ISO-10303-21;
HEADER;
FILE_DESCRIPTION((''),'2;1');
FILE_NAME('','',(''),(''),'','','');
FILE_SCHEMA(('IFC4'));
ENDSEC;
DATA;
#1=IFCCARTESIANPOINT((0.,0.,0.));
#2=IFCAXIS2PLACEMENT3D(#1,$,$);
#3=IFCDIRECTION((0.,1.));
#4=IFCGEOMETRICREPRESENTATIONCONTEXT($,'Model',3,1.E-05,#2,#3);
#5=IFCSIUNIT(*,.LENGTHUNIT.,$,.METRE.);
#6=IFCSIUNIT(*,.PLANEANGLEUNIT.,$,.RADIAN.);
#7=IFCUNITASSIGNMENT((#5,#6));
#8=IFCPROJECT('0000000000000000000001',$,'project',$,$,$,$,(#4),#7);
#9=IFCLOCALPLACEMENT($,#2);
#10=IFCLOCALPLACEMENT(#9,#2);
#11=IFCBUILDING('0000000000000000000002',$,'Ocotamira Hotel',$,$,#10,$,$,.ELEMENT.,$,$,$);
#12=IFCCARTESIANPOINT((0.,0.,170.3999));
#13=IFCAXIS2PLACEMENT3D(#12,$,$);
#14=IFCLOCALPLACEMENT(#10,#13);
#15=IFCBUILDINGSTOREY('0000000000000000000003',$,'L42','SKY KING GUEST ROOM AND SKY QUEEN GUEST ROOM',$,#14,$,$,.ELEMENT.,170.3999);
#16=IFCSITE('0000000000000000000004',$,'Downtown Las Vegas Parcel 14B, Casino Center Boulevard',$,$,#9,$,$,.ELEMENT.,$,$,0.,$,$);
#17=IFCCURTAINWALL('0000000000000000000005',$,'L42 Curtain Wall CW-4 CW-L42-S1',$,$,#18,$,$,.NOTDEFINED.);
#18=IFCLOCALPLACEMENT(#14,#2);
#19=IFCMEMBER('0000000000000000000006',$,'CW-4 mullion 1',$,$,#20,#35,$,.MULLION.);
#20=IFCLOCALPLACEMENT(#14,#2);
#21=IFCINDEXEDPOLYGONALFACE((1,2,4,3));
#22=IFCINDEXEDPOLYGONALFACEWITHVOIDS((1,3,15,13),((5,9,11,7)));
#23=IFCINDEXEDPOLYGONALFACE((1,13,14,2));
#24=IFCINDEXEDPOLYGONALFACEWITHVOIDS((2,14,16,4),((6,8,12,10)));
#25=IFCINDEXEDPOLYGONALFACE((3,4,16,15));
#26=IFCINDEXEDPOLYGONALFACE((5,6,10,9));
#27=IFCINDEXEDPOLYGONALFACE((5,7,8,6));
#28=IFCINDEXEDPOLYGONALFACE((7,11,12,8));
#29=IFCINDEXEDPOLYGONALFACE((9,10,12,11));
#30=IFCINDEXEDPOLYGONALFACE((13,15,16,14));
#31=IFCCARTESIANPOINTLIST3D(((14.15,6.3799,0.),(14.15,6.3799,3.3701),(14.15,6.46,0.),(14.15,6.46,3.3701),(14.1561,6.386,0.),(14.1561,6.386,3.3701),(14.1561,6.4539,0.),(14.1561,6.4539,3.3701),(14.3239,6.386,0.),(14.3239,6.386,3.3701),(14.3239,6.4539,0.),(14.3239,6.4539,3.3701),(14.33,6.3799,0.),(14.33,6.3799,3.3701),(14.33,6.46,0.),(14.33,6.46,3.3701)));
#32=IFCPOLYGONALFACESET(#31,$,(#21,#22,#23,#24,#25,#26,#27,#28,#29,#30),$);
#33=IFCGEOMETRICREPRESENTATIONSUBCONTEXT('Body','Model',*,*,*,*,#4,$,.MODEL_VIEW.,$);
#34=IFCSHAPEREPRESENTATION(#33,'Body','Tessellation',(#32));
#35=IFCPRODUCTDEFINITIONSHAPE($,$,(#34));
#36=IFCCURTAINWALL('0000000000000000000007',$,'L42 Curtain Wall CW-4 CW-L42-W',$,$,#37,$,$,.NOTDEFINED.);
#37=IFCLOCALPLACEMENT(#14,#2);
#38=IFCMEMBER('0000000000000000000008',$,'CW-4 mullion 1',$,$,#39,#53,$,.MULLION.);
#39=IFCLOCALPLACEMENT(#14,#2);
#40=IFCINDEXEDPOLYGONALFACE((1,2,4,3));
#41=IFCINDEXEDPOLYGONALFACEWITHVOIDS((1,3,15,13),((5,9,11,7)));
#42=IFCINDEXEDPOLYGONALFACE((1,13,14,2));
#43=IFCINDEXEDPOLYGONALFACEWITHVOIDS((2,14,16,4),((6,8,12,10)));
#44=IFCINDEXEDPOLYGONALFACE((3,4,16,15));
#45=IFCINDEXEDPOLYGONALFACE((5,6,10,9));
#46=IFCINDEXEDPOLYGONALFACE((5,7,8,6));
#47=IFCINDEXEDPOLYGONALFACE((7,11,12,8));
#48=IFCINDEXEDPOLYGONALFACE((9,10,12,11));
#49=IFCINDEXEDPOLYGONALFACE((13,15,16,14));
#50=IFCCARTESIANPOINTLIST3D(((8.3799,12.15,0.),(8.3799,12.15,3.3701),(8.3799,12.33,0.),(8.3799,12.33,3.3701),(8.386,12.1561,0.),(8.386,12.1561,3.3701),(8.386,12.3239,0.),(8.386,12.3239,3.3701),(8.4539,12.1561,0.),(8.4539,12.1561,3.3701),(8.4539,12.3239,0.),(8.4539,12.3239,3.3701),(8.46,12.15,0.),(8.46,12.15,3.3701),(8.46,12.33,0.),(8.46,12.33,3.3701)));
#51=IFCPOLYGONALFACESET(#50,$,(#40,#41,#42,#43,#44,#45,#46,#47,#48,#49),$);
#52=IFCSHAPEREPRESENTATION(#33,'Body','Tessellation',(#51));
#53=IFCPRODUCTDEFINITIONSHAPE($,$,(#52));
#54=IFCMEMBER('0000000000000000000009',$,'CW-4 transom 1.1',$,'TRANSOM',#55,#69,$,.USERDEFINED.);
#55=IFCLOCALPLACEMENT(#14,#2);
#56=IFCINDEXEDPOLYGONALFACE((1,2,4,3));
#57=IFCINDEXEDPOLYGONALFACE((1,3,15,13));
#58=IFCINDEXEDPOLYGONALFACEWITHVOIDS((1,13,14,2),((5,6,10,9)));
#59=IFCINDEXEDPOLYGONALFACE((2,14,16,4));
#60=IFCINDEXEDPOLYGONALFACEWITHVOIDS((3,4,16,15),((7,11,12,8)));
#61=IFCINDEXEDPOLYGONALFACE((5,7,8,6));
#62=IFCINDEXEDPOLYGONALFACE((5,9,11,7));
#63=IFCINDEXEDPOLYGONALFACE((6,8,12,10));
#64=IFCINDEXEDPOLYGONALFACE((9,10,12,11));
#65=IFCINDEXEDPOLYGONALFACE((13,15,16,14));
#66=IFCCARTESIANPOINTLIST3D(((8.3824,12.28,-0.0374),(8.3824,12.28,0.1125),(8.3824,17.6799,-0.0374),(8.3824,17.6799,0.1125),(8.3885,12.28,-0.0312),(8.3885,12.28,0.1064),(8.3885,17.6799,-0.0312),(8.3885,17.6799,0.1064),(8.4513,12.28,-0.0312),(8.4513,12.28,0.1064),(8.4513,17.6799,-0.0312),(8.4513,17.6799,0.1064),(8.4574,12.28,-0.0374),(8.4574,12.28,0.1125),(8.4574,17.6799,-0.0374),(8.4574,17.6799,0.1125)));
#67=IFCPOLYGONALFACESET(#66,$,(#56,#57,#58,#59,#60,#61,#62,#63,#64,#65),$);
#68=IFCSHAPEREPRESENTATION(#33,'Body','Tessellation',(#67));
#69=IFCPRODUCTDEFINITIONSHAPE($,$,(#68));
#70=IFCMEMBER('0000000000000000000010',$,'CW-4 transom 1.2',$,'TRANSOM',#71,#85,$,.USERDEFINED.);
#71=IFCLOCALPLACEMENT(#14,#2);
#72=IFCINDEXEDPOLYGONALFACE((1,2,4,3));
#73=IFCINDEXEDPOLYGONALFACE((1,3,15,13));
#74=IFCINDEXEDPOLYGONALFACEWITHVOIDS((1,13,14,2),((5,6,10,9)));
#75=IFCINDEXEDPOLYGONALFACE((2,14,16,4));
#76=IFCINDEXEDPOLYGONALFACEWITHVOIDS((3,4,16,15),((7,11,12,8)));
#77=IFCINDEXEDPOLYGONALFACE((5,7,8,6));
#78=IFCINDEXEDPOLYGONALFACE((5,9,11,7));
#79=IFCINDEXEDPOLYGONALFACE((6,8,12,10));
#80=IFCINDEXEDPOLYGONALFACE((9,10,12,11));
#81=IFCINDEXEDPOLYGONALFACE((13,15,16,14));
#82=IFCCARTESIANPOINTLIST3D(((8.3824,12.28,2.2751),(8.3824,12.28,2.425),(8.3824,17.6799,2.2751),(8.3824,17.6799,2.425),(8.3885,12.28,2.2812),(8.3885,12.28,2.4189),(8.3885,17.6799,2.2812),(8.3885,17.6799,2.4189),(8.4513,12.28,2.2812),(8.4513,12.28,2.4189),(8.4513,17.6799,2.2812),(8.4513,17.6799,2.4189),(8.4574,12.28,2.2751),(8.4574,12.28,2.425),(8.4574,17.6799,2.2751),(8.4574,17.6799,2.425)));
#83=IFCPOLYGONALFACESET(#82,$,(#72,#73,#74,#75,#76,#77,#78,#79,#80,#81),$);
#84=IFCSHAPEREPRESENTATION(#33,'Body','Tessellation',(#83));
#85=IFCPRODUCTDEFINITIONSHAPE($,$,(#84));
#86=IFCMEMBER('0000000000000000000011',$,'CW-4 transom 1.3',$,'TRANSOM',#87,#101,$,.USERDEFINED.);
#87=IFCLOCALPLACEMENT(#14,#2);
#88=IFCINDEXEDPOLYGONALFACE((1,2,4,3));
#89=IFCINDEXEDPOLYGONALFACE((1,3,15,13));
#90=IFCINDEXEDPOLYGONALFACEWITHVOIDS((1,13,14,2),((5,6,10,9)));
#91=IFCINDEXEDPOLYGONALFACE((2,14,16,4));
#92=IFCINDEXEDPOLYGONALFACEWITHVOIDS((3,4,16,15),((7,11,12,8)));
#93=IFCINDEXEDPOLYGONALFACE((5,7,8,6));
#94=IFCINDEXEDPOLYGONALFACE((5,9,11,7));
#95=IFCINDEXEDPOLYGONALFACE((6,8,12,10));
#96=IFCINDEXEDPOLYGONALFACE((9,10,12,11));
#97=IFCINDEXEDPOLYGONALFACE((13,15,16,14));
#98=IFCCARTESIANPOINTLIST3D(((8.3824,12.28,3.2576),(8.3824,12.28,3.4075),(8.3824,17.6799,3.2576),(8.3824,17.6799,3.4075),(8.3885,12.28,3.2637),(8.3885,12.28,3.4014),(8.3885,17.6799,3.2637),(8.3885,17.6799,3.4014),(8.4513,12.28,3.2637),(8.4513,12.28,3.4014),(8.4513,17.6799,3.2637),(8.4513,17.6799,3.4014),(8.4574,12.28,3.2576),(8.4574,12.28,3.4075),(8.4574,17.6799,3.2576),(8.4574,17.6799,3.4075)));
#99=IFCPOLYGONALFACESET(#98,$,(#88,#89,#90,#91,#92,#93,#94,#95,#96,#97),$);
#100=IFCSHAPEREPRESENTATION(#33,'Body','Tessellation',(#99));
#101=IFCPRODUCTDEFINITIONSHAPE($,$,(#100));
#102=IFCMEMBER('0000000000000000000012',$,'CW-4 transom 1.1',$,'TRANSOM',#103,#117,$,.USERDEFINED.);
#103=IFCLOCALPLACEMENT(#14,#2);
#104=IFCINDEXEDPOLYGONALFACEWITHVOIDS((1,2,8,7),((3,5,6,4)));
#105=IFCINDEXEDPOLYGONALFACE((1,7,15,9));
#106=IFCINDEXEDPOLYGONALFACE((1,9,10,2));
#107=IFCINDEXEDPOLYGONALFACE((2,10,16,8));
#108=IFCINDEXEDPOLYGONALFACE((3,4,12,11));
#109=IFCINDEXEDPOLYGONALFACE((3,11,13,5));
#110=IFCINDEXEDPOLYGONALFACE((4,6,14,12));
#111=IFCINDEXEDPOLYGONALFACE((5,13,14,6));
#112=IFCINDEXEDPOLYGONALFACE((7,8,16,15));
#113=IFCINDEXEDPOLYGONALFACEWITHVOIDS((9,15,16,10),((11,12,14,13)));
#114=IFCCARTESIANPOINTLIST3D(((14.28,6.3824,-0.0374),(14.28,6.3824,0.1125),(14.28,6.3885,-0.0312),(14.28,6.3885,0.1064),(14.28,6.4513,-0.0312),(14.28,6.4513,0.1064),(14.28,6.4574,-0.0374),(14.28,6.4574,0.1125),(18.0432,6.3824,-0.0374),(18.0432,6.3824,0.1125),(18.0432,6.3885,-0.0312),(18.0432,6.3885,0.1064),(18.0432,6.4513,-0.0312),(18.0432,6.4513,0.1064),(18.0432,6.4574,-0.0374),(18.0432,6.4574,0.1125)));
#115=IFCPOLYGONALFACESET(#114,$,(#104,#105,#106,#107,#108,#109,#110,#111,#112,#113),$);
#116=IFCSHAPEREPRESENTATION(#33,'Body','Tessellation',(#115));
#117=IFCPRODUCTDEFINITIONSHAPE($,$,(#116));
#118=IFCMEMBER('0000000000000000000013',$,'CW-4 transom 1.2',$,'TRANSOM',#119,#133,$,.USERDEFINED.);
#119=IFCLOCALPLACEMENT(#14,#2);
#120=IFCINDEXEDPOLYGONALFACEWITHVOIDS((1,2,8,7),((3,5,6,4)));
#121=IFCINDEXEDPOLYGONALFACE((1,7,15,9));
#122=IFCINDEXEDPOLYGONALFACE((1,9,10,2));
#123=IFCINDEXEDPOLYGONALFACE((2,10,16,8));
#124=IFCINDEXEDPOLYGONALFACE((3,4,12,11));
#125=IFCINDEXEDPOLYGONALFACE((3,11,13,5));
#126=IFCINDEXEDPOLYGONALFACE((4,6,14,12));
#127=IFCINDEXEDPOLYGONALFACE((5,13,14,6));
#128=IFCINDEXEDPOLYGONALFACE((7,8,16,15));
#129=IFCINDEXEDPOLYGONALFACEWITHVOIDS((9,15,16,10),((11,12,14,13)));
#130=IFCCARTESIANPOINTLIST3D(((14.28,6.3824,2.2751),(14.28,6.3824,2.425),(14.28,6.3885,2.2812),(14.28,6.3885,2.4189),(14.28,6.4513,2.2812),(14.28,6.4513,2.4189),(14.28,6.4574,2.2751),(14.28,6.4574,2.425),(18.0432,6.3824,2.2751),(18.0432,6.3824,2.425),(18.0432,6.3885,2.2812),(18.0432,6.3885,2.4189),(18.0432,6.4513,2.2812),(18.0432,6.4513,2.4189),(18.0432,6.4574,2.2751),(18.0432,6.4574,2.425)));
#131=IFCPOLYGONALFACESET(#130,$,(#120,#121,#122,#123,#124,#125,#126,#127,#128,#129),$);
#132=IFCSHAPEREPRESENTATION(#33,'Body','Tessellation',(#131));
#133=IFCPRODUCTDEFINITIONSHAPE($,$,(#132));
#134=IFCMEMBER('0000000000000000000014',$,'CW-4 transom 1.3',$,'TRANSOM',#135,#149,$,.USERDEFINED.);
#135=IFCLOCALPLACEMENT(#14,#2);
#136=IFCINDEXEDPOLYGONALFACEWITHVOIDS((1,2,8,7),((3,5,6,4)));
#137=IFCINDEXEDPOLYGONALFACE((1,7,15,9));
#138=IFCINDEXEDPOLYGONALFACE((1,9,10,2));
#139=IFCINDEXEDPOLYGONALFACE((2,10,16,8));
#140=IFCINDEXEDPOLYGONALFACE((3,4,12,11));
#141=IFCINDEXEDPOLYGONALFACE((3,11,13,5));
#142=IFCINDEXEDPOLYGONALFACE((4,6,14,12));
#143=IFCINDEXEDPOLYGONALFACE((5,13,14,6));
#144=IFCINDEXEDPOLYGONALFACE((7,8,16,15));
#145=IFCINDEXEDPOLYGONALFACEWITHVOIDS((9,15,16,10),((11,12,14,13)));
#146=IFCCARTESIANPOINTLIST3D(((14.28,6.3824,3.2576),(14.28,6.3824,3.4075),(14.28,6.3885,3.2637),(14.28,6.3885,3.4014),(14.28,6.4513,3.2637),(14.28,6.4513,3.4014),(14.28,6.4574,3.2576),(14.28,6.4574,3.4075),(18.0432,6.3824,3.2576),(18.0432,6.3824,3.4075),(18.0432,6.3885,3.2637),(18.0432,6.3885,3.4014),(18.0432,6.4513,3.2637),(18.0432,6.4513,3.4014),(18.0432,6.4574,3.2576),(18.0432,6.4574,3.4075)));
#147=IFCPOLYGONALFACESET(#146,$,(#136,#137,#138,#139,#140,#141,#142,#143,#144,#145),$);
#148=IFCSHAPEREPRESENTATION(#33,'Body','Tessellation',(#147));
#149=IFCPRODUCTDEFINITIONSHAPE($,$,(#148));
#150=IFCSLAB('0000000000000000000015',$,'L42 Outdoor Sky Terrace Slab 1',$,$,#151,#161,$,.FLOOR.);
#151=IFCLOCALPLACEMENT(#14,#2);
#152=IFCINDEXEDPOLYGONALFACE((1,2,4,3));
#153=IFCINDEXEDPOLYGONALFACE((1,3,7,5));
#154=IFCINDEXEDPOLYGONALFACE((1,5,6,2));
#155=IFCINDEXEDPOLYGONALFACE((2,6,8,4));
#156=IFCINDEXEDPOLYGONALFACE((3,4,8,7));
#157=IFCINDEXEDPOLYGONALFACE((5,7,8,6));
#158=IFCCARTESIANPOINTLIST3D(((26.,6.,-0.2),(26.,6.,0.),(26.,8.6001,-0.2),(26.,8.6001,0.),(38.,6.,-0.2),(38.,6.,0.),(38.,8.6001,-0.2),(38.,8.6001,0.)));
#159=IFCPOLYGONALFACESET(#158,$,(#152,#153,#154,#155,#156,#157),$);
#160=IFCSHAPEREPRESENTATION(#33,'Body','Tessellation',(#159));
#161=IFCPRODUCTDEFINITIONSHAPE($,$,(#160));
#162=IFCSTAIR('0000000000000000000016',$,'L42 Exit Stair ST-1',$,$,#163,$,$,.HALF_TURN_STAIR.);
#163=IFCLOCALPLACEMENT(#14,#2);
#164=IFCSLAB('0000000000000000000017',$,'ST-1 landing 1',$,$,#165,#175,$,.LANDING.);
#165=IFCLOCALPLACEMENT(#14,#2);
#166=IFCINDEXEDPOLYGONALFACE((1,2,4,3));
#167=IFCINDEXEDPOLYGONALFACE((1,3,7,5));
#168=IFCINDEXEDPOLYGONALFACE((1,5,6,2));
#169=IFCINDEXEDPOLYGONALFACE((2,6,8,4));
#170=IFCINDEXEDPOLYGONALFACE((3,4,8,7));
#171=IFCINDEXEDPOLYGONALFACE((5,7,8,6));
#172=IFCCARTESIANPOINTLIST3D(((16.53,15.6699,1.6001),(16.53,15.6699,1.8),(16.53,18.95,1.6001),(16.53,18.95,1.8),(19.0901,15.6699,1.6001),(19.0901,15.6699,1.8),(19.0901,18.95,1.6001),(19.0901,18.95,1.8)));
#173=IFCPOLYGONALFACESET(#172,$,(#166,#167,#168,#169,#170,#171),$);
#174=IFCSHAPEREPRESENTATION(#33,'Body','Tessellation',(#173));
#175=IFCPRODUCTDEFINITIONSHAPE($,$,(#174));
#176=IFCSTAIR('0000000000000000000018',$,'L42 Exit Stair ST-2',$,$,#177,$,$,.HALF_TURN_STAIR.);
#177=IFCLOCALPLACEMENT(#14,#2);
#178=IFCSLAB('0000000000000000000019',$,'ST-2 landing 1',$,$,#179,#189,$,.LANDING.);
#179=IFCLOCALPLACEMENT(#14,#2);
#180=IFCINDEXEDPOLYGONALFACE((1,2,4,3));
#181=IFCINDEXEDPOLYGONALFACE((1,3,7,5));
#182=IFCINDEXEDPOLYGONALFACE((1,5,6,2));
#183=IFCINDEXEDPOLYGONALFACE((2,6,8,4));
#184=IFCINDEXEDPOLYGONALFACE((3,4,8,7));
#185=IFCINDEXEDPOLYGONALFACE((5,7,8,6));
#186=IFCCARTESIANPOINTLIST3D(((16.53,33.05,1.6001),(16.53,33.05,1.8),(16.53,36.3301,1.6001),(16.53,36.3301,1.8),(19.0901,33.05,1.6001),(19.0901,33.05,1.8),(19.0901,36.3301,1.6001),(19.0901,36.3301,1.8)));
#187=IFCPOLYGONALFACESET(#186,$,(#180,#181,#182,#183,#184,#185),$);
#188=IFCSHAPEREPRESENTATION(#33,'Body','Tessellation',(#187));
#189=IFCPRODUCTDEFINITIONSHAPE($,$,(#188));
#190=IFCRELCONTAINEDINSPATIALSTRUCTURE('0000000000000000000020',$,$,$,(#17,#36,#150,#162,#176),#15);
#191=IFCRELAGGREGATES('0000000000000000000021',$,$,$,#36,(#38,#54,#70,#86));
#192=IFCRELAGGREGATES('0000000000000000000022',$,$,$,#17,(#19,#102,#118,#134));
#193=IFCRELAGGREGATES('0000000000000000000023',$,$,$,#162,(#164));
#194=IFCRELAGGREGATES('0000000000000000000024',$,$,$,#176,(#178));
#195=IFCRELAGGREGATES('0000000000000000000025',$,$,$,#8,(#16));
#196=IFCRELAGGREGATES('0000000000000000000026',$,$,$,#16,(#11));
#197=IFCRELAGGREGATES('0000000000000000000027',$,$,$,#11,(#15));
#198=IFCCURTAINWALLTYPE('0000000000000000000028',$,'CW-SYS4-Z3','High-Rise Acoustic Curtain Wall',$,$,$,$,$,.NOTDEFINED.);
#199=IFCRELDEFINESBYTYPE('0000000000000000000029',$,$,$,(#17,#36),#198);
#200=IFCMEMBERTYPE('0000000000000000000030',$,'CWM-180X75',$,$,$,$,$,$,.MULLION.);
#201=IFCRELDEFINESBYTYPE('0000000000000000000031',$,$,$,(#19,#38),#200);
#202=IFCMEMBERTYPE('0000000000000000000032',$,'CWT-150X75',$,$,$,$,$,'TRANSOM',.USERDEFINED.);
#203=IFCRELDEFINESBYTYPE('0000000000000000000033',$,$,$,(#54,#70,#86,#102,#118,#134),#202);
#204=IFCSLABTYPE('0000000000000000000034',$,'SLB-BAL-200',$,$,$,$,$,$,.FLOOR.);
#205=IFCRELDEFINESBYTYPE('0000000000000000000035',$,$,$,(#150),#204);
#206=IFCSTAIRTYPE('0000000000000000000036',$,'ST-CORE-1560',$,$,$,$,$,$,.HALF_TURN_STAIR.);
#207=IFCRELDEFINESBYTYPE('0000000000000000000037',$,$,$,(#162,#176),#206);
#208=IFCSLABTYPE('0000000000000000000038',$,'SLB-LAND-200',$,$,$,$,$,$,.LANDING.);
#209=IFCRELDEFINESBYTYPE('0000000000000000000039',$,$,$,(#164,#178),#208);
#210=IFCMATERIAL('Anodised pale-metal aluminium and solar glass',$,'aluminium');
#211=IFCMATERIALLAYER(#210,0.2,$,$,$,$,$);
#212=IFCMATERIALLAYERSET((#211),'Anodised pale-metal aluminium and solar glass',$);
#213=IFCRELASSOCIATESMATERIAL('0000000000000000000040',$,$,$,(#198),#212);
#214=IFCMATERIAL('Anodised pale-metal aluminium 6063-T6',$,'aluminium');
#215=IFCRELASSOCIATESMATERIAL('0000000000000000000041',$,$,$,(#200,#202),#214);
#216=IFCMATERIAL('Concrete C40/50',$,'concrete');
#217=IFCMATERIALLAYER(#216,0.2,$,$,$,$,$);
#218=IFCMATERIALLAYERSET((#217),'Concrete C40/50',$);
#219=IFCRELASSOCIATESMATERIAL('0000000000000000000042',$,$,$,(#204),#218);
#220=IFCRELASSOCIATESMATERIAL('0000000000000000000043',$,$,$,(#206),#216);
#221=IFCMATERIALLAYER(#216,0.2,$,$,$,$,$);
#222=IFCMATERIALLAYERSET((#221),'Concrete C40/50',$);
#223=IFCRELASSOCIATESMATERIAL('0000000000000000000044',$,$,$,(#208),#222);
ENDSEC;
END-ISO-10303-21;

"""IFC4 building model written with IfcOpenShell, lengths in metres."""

from ifc_helpers import new_model, si_unit, direction, frame, origin, origin_2d, place, context, subcontext, project, spatial, polyline, hollow_rectangle, outline, extrude, source, transform, mapped, material, layer, layer_set, material_profile, profile_set, type_object, element, aggregate, save


model = new_model("IFC4")

# Units and contexts
model_context = context("Model", 3, precision=1e-05, world=origin(), true_north=direction((0.0, 1.0)))
body_context = subcontext(model_context, "Body", "Model", "MODEL_VIEW")
ifc_project = project(units=[si_unit("LENGTHUNIT", "METRE"), si_unit("PLANEANGLEUNIT", "RADIAN")], contexts=[model_context])

# Site, building, storey
site_placement = place(None, origin())
site = spatial("IfcSite", under=ifc_project, at=site_placement, Name="Downtown Las Vegas Parcel 14B, Casino Center Boulevard", CompositionType="ELEMENT", RefElevation=0.0)
building_placement = place(site_placement, origin())
building = spatial("IfcBuilding", under=site, at=building_placement, Name="Ocotamira Hotel", CompositionType="ELEMENT")
storey_placement = place(building_placement, frame((0.0, 0.0, 170.3999)))
storey = spatial("IfcBuildingStorey", under=building, at=storey_placement, Name="L42", Description="SKY KING GUEST ROOM AND SKY QUEEN GUEST ROOM", CompositionType="ELEMENT", Elevation=170.3999)

# Curtain wall, member
ifc_material_1 = material(Name="Anodised pale-metal aluminium and solar glass", Category="aluminium")
ifc_layer_1 = layer(ifc_material_1, 0.2)
ifc_layer_set_1 = layer_set([ifc_layer_1], Name="Anodised pale-metal aluminium and solar glass")
curtain_wall_type = type_object("IfcCurtainWallType", Name="CW-SYS4-Z3", Description="High-Rise Acoustic Curtain Wall", PredefinedType="NOTDEFINED", material=ifc_layer_set_1)
curtain_wall_1_placement = place(storey_placement, origin())
curtain_wall_1 = element("IfcCurtainWall", 1, at=curtain_wall_1_placement, inside=storey, type_object=curtain_wall_type, Name="L42 Curtain Wall CW-4 CW-L42-S1", PredefinedType="NOTDEFINED")
ifc_material_2 = material(Name="Anodised pale-metal aluminium 6063-T6", Category="aluminium")
ifc_material_profile_1 = material_profile(ifc_material_2, hollow_rectangle(XDim=0.0801, YDim=0.1799, WallThickness=0.0061, at=origin_2d()), Name="HSS180X80X6")
ifc_profile_set_1 = profile_set([ifc_material_profile_1], Name="Anodised pale-metal aluminium 6063-T6")
member_type_1 = type_object("IfcMemberType", Name="CWM-180X75", PredefinedType="MULLION", material=ifc_profile_set_1)
shared_shape_1 = source(origin(), body_context, "Body", "SweptSolid", [
    extrude(hollow_rectangle(XDim=0.0801, YDim=0.1799, WallThickness=0.0061, at=origin_2d()), origin(), (0.0, 0.0, 1.0), 3.3701),
])
member_1_placement = place(storey_placement, frame((14.24, 6.4199, 0.0), z_axis=(0.0, 0.0, 1.0), x_axis=(0.0, 1.0, 0.0)))
member_1 = element("IfcMember", 2, at=member_1_placement, type_object=member_type_1, Name="CW-4 mullion 1", PredefinedType="MULLION", context=body_context, shape_type="MappedRepresentation", body=[
    mapped(shared_shape_1, transform((0.0, 0.0, 0.0), scale=1.0)),
])

# Curtain wall, members
curtain_wall_2_placement = place(storey_placement, origin())
curtain_wall_2 = element("IfcCurtainWall", 3, at=curtain_wall_2_placement, inside=storey, type_object=curtain_wall_type, Name="L42 Curtain Wall CW-4 CW-L42-W", PredefinedType="NOTDEFINED")
member_2_placement = place(storey_placement, frame((8.4199, 12.24, 0.0), z_axis=(0.0, 0.0, 1.0), x_axis=(-1.0, 0.0, 0.0)))
member_2 = element("IfcMember", 4, at=member_2_placement, type_object=member_type_1, Name="CW-4 mullion 1", PredefinedType="MULLION", context=body_context, shape_type="MappedRepresentation", body=[
    mapped(shared_shape_1, transform((0.0, 0.0, 0.0), scale=1.0)),
])
ifc_material_profile_2 = material_profile(ifc_material_2, hollow_rectangle(XDim=0.075, YDim=0.1499, WallThickness=0.0061, at=origin_2d()), Name="HSS150X75X6")
ifc_profile_set_2 = profile_set([ifc_material_profile_2], Name="Anodised pale-metal aluminium 6063-T6")
member_type_2 = type_object("IfcMemberType", Name="CWT-150X75", ElementType="TRANSOM", PredefinedType="USERDEFINED", material=ifc_profile_set_2)
shared_shape_2 = source(origin(), body_context, "Body", "SweptSolid", [
    extrude(hollow_rectangle(XDim=0.075, YDim=0.1499, WallThickness=0.0061, at=origin_2d()), origin(), (0.0, 0.0, 1.0), 5.3999),
])
member_3_placement = place(storey_placement, frame((8.4199, 12.28, 0.0376), z_axis=(0.0, 1.0, 0.0), x_axis=(-1.0, 0.0, 0.0)))
member_3 = element("IfcMember", 5, at=member_3_placement, type_object=member_type_2, Name="CW-4 transom 1.1", ObjectType="TRANSOM", PredefinedType="USERDEFINED", context=body_context, shape_type="MappedRepresentation", body=[
    mapped(shared_shape_2, transform((0.0, 0.0, 0.0), scale=1.0)),
])
member_4_placement = place(storey_placement, frame((8.4199, 12.28, 2.3501), z_axis=(0.0, 1.0, 0.0), x_axis=(-1.0, 0.0, 0.0)))
member_4 = element("IfcMember", 6, at=member_4_placement, type_object=member_type_2, Name="CW-4 transom 1.2", ObjectType="TRANSOM", PredefinedType="USERDEFINED", context=body_context, shape_type="MappedRepresentation", body=[
    mapped(shared_shape_2, transform((0.0, 0.0, 0.0), scale=1.0)),
])
member_5_placement = place(storey_placement, frame((8.4199, 12.28, 3.3325), z_axis=(0.0, 1.0, 0.0), x_axis=(-1.0, 0.0, 0.0)))
member_5 = element("IfcMember", 7, at=member_5_placement, type_object=member_type_2, Name="CW-4 transom 1.3", ObjectType="TRANSOM", PredefinedType="USERDEFINED", context=body_context, shape_type="MappedRepresentation", body=[
    mapped(shared_shape_2, transform((0.0, 0.0, 0.0), scale=1.0)),
])
aggregate(curtain_wall_2, [member_2, member_3, member_4, member_5])

# Members
shared_shape_3 = source(origin(), body_context, "Body", "SweptSolid", [
    extrude(hollow_rectangle(XDim=0.075, YDim=0.1499, WallThickness=0.0061, at=origin_2d()), origin(), (0.0, 0.0, 1.0), 3.7632),
])
member_6_placement = place(storey_placement, frame((14.28, 6.4199, 0.0376), z_axis=(1.0, 0.0, 0.0), x_axis=(0.0, 1.0, 0.0)))
member_6 = element("IfcMember", 8, at=member_6_placement, type_object=member_type_2, Name="CW-4 transom 1.1", ObjectType="TRANSOM", PredefinedType="USERDEFINED", context=body_context, shape_type="MappedRepresentation", body=[
    mapped(shared_shape_3, transform((0.0, 0.0, 0.0), scale=1.0)),
])
member_7_placement = place(storey_placement, frame((14.28, 6.4199, 2.3501), z_axis=(1.0, 0.0, 0.0), x_axis=(0.0, 1.0, 0.0)))
member_7 = element("IfcMember", 9, at=member_7_placement, type_object=member_type_2, Name="CW-4 transom 1.2", ObjectType="TRANSOM", PredefinedType="USERDEFINED", context=body_context, shape_type="MappedRepresentation", body=[
    mapped(shared_shape_3, transform((0.0, 0.0, 0.0), scale=1.0)),
])
member_8_placement = place(storey_placement, frame((14.28, 6.4199, 3.3325), z_axis=(1.0, 0.0, 0.0), x_axis=(0.0, 1.0, 0.0)))
member_8 = element("IfcMember", 10, at=member_8_placement, type_object=member_type_2, Name="CW-4 transom 1.3", ObjectType="TRANSOM", PredefinedType="USERDEFINED", context=body_context, shape_type="MappedRepresentation", body=[
    mapped(shared_shape_3, transform((0.0, 0.0, 0.0), scale=1.0)),
])
aggregate(curtain_wall_1, [member_1, member_6, member_7, member_8])

# Slab
ifc_material_3 = material(Name="Concrete C40/50", Category="concrete")
ifc_layer_2 = layer(ifc_material_3, 0.2)
ifc_layer_set_2 = layer_set([ifc_layer_2], Name="Concrete C40/50")
slab_type_1 = type_object("IfcSlabType", Name="SLB-BAL-200", PredefinedType="FLOOR", material=ifc_layer_set_2)
slab_1_placement = place(storey_placement, frame((0.0, 0.0, -0.2)))
element("IfcSlab", 11, at=slab_1_placement, inside=storey, type_object=slab_type_1, Name="L42 Outdoor Sky Terrace Slab 1", PredefinedType="FLOOR", context=body_context, shape_type="SweptSolid", body=[
    extrude(outline(polyline([(26.0, 6.0), (38.0, 6.0), (38.0, 8.6001), (26.0, 8.6001), (26.0, 6.0)])), origin(), (0.0, 0.0, 1.0), 0.2),
])

# Stairs, slabs
stair_type = type_object("IfcStairType", Name="ST-CORE-1560", PredefinedType="HALF_TURN_STAIR", material=ifc_material_3)
stair_1_placement = place(storey_placement, origin())
stair_1 = element("IfcStair", 12, at=stair_1_placement, inside=storey, type_object=stair_type, Name="L42 Exit Stair ST-1", PredefinedType="HALF_TURN_STAIR")
ifc_layer_3 = layer(ifc_material_3, 0.2)
ifc_layer_set_3 = layer_set([ifc_layer_3], Name="Concrete C40/50")
slab_type_2 = type_object("IfcSlabType", Name="SLB-LAND-200", PredefinedType="LANDING", material=ifc_layer_set_3)
slab_2_placement = place(storey_placement, frame((0.0, 0.0, 1.6001)))
slab_2 = element("IfcSlab", 13, at=slab_2_placement, type_object=slab_type_2, Name="ST-1 landing 1", PredefinedType="LANDING", context=body_context, shape_type="SweptSolid", body=[
    extrude(outline(polyline([(16.53, 15.6699), (19.0901, 15.6699), (19.0901, 18.95), (16.53, 18.95), (16.53, 15.6699)])), origin(), (0.0, 0.0, 1.0), 0.2),
])
aggregate(stair_1, [slab_2])
stair_2_placement = place(storey_placement, origin())
stair_2 = element("IfcStair", 14, at=stair_2_placement, inside=storey, type_object=stair_type, Name="L42 Exit Stair ST-2", PredefinedType="HALF_TURN_STAIR")
slab_3_placement = place(storey_placement, frame((0.0, 0.0, 1.6001)))
slab_3 = element("IfcSlab", 15, at=slab_3_placement, type_object=slab_type_2, Name="ST-2 landing 1", PredefinedType="LANDING", context=body_context, shape_type="SweptSolid", body=[
    extrude(outline(polyline([(16.53, 33.05), (19.0901, 33.05), (19.0901, 36.3301), (16.53, 36.3301), (16.53, 33.05)])), origin(), (0.0, 0.0, 1.0), 0.2),
])
aggregate(stair_2, [slab_3])

save(model, "model.ifc")
